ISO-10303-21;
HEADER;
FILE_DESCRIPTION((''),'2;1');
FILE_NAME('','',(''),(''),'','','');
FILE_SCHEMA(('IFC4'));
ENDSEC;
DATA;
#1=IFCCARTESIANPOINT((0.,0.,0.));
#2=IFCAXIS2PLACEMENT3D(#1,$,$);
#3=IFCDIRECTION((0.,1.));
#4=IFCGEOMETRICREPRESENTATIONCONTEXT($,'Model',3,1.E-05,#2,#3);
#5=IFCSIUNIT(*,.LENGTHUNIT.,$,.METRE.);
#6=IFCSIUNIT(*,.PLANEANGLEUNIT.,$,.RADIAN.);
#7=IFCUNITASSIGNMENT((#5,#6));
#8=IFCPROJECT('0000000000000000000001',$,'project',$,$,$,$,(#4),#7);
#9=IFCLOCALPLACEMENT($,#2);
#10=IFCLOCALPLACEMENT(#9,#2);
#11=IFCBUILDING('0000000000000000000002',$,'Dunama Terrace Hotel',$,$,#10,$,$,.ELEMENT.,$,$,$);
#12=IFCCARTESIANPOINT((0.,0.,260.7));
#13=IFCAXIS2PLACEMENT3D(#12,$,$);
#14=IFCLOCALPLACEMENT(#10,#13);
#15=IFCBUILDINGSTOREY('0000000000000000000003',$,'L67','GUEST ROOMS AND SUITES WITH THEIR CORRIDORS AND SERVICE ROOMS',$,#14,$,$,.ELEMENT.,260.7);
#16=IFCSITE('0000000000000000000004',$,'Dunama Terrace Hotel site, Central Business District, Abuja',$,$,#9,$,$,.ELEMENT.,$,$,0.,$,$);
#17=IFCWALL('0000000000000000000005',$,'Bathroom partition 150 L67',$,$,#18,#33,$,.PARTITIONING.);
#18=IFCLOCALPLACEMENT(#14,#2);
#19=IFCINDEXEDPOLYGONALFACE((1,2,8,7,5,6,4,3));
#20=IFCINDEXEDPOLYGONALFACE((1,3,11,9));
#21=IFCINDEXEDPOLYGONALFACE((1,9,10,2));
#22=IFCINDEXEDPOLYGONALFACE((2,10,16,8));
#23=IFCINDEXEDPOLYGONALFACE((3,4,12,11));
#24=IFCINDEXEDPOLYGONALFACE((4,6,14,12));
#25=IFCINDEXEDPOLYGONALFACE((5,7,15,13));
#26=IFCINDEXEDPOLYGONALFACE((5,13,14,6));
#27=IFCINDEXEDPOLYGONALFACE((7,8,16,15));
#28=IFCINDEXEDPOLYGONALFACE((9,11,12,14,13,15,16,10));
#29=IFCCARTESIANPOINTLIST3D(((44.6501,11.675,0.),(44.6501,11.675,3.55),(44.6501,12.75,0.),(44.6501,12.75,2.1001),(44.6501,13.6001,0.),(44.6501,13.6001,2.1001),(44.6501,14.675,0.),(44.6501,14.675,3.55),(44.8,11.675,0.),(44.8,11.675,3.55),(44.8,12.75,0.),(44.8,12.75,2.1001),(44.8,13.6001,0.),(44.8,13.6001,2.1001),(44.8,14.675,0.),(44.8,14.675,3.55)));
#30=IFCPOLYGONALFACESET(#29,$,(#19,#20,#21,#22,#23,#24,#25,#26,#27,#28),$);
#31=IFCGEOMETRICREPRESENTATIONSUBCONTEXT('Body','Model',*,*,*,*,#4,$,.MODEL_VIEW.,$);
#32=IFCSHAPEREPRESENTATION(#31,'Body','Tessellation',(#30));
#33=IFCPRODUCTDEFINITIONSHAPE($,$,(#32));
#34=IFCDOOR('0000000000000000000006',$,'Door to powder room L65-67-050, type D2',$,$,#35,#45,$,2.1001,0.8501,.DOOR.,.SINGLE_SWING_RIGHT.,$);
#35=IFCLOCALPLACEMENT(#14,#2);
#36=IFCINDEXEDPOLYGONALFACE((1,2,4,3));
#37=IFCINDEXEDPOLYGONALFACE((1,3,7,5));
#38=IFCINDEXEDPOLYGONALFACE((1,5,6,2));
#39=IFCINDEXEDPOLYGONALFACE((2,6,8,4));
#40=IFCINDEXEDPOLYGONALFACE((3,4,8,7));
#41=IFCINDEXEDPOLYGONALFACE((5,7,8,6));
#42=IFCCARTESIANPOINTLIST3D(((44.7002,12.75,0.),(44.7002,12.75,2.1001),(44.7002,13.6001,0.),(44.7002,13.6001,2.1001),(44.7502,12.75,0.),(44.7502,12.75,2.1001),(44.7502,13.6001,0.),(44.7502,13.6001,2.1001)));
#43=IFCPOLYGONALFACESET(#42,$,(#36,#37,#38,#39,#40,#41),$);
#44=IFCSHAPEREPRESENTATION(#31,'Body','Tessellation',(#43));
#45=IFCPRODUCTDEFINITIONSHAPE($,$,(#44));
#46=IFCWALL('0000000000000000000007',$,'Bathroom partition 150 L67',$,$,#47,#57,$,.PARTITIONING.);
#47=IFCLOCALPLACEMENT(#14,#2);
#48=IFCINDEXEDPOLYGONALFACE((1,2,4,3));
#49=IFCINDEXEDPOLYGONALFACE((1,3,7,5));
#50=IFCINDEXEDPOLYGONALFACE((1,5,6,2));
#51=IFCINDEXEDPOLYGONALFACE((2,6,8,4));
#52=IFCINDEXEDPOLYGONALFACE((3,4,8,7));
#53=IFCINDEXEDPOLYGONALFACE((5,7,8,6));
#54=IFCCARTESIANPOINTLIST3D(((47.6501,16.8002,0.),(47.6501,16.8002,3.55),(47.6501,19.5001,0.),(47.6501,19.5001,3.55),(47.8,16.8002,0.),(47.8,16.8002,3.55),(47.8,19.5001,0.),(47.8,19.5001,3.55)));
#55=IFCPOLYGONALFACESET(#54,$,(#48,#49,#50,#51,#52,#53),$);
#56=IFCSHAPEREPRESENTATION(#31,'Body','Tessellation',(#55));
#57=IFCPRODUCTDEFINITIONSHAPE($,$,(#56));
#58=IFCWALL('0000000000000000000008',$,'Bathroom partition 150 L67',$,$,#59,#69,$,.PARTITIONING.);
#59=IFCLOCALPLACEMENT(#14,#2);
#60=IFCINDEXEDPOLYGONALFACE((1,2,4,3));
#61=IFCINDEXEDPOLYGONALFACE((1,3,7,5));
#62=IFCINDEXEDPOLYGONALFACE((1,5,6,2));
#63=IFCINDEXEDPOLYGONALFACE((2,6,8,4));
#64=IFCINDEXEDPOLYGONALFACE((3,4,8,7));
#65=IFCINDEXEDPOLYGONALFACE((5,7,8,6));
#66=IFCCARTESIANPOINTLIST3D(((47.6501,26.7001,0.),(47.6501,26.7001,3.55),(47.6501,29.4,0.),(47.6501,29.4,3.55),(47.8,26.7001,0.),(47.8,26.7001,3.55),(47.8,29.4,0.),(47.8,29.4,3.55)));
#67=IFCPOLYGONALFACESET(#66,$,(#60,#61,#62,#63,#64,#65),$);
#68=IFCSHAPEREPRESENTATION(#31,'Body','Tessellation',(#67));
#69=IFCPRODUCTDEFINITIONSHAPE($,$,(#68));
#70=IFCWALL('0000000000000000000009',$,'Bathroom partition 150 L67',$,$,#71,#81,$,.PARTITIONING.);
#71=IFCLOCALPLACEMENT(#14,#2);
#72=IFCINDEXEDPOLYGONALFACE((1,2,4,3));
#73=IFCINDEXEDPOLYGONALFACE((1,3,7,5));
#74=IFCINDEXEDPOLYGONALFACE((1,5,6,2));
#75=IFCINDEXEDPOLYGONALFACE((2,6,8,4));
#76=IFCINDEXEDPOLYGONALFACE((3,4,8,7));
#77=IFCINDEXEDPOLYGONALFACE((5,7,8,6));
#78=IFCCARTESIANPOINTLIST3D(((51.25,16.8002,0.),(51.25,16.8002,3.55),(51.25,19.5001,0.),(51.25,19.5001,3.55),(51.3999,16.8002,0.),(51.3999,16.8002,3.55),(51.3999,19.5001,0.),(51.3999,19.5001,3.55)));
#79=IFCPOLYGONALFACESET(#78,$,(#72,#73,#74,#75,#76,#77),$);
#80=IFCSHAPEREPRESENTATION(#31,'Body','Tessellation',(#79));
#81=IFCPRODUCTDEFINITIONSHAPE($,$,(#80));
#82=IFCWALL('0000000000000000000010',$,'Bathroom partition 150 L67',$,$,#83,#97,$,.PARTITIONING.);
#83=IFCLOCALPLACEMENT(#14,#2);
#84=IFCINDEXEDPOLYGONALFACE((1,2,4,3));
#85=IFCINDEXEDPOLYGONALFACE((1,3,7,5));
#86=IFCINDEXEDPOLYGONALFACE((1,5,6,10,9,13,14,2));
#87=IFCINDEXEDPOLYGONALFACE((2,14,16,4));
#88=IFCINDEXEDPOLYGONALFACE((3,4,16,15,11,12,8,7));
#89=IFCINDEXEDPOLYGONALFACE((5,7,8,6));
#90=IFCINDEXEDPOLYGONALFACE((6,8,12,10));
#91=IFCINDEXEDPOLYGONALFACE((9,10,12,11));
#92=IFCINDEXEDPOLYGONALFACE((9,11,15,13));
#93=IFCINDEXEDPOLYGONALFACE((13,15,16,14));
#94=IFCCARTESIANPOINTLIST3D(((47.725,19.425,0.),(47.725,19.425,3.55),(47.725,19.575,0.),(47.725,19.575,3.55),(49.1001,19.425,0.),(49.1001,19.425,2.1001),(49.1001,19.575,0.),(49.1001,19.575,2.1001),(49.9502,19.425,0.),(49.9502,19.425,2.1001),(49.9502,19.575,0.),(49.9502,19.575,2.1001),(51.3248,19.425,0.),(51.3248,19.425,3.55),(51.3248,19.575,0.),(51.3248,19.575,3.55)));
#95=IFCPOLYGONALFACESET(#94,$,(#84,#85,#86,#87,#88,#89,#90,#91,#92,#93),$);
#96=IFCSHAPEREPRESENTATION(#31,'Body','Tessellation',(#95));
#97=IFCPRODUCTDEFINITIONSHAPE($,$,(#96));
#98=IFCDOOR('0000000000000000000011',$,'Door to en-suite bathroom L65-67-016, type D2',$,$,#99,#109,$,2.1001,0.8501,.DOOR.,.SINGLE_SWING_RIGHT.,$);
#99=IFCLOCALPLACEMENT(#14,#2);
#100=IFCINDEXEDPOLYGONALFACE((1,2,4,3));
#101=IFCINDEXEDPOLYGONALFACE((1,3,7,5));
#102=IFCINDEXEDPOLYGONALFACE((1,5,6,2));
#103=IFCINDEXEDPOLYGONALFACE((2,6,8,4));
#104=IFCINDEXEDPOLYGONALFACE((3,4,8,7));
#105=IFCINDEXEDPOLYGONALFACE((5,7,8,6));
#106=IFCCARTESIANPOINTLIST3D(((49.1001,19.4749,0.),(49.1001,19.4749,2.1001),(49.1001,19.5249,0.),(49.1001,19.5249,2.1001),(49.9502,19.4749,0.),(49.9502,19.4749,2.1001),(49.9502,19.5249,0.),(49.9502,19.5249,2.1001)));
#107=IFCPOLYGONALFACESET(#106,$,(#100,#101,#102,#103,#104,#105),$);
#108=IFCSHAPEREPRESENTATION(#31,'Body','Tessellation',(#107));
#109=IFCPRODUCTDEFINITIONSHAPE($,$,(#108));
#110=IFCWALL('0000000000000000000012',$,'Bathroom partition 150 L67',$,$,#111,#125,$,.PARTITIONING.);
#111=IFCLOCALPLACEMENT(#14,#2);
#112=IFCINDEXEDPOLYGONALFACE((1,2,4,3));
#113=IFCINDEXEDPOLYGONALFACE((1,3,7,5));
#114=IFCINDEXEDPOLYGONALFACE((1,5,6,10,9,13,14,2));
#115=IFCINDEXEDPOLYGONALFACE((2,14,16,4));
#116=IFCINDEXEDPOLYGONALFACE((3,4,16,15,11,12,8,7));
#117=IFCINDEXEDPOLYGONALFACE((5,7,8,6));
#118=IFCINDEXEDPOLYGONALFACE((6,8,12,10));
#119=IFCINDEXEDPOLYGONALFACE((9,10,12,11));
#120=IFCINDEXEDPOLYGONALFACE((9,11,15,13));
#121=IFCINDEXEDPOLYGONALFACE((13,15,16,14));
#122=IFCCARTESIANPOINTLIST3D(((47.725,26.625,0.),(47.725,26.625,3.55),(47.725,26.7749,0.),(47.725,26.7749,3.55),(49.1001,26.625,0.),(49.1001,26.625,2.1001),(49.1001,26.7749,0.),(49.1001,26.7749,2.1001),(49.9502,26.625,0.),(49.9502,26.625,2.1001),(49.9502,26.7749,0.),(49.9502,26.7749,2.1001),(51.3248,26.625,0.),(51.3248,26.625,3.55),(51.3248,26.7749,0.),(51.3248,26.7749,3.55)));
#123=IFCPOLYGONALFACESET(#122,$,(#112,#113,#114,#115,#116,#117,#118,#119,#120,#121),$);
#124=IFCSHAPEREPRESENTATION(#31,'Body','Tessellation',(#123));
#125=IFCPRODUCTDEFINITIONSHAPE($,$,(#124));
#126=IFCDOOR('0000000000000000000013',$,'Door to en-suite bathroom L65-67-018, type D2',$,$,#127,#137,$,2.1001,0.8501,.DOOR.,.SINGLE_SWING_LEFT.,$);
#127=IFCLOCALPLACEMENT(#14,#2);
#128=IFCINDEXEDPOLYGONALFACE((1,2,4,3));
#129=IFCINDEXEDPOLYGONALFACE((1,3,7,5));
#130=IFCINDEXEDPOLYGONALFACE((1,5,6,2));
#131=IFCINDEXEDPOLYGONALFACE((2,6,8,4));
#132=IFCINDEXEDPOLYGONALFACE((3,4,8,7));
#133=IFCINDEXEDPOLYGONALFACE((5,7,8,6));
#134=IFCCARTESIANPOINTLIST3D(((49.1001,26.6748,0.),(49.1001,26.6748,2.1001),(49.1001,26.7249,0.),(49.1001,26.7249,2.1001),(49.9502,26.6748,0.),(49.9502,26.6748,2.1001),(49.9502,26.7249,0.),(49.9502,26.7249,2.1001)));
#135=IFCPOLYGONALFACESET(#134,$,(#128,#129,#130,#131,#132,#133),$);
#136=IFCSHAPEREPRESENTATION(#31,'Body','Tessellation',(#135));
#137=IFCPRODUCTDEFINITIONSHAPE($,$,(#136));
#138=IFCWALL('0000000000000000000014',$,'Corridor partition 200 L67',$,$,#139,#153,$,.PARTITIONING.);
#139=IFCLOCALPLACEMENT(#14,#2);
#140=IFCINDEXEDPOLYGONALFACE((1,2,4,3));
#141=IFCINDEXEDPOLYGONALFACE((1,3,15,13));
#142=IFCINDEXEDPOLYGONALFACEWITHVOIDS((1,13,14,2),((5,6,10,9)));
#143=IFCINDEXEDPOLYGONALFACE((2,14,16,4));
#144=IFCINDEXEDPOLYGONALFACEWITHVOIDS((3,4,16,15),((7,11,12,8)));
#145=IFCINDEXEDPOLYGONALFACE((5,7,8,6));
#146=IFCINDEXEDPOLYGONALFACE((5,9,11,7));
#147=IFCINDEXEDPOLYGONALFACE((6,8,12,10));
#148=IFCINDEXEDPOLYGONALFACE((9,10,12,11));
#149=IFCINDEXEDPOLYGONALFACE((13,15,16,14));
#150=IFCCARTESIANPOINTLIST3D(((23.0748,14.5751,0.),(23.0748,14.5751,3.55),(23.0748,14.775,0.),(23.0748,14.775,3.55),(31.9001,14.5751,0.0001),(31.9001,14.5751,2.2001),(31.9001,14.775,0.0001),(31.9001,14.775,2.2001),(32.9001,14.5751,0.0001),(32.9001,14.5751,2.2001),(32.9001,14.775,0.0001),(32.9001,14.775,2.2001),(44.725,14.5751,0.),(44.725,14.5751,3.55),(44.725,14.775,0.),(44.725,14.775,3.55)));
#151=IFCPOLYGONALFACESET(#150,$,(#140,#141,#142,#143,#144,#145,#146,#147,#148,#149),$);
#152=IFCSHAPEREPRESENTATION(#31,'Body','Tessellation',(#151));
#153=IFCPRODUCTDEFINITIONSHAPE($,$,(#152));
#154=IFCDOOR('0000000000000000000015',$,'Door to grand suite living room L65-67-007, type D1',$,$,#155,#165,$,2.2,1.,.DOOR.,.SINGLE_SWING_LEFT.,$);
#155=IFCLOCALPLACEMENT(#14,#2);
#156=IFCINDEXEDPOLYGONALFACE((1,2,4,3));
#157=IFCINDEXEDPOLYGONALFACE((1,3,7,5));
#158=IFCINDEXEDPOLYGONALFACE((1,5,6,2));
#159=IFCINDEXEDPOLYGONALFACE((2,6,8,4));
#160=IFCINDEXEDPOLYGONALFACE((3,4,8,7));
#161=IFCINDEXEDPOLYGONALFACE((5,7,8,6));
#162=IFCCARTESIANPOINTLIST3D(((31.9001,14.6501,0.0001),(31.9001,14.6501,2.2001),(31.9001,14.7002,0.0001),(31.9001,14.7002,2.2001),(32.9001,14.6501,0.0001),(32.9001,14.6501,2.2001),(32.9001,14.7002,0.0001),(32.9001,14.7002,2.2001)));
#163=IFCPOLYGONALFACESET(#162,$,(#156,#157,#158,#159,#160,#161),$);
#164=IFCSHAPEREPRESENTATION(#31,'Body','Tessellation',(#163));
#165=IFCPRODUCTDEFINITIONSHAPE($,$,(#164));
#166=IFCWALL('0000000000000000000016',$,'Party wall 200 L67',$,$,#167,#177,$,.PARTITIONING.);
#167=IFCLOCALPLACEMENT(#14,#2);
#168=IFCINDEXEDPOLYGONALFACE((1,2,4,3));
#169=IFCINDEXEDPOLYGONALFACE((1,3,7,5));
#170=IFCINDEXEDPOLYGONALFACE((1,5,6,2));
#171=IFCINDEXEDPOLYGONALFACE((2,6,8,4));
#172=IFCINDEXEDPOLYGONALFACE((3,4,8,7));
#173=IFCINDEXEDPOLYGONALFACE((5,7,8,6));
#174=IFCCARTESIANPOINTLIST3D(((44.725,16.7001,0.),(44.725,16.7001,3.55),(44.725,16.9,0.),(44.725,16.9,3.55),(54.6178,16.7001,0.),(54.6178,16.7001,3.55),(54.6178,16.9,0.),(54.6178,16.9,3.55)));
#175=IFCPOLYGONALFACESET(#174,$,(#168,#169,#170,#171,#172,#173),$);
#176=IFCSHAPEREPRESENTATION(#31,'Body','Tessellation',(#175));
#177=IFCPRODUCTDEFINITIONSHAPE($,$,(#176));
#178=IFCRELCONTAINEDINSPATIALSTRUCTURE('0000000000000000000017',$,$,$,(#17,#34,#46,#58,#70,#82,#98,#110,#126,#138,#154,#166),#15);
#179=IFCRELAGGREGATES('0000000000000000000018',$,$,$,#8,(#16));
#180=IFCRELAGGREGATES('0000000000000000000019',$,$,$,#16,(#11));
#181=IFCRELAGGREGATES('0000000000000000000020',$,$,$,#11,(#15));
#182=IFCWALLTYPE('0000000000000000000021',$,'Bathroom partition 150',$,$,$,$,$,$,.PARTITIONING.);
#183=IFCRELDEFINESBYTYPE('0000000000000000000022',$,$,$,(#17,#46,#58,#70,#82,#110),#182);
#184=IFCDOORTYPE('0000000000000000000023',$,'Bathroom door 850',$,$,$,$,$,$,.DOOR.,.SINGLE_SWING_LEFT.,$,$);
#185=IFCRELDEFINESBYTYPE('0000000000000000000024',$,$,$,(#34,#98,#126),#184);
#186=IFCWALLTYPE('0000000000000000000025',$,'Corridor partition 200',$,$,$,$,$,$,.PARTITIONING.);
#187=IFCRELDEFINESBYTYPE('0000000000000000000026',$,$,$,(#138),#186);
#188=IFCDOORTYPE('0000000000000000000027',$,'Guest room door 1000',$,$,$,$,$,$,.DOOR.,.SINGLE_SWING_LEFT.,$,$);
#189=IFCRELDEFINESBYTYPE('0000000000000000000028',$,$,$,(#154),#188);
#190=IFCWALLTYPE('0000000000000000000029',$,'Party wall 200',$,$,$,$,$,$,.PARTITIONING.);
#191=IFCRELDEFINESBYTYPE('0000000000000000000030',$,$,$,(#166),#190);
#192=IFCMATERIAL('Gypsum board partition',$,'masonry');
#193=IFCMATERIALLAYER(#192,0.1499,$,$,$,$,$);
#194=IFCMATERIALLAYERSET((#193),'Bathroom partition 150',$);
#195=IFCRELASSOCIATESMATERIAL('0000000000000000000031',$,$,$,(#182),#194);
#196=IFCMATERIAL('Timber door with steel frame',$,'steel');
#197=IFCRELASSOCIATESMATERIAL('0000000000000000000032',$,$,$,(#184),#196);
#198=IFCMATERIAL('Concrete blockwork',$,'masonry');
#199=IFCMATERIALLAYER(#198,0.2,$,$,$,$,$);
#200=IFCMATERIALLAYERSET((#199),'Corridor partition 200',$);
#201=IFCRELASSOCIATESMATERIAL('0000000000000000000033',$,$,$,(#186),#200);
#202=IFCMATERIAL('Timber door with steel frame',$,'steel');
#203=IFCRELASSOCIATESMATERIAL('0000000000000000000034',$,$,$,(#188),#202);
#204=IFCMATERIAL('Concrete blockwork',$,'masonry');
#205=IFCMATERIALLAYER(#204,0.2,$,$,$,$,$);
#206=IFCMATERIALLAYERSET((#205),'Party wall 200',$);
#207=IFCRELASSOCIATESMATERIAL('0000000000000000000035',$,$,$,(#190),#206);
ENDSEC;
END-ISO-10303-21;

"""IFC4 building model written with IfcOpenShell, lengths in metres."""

from ifc_helpers import new_model, si_unit, direction, frame, frame_2d, origin, place, context, subcontext, project, spatial, rectangle, extrude, material, layer, layer_set, type_object, element, fill, save


model = new_model("IFC4")

# Units and contexts
model_context = context("Model", 3, precision=1e-05, world=origin(), true_north=direction((0.0, 1.0)))
body_context = subcontext(model_context, "Body", "Model", "MODEL_VIEW")
ifc_project = project(units=[si_unit("LENGTHUNIT", "METRE"), si_unit("PLANEANGLEUNIT", "RADIAN")], contexts=[model_context])

# Site, building, storey
site_placement = place(None, origin())
site = spatial("IfcSite", under=ifc_project, at=site_placement, Name="Dunama Terrace Hotel site, Central Business District, Abuja", CompositionType="ELEMENT", RefElevation=0.0)
building_placement = place(site_placement, origin())
building = spatial("IfcBuilding", under=site, at=building_placement, Name="Dunama Terrace Hotel", CompositionType="ELEMENT")
storey_placement = place(building_placement, frame((0.0, 0.0, 260.7)))
storey = spatial("IfcBuildingStorey", under=building, at=storey_placement, Name="L67", Description="GUEST ROOMS AND SUITES WITH THEIR CORRIDORS AND SERVICE ROOMS", CompositionType="ELEMENT", Elevation=260.7)

# Wall, opening, door
ifc_material_1 = material(Name="Gypsum board partition", Category="masonry")
ifc_layer_1 = layer(ifc_material_1, 0.1499)
ifc_layer_set_1 = layer_set([ifc_layer_1], Name="Bathroom partition 150")
wall_type_1 = type_object("IfcWallType", Name="Bathroom partition 150", PredefinedType="PARTITIONING", material=ifc_layer_set_1)
wall_1_placement = place(storey_placement, frame((44.7251, 11.675, 0.0), z_axis=(0.0, 0.0, 1.0), x_axis=(0.0, 1.0, 0.0)))
wall_1 = element("IfcWall", 1, at=wall_1_placement, inside=storey, type_object=wall_type_1, Name="Bathroom partition 150 L67", PredefinedType="PARTITIONING", context=body_context, shape_type="SweptSolid", body=[
    extrude(rectangle(XDim=3.0, YDim=0.1499, at=frame_2d((1.5, 0.0))), origin(), (0.0, 0.0, 1.0), 3.55),
])
opening_1_placement = place(wall_1_placement, frame((1.075, 0.0, 0.0)))
opening_1 = element("IfcOpeningElement", 2, at=opening_1_placement, cuts=wall_1, PredefinedType="OPENING", context=body_context, shape_type="SweptSolid", body=[
    extrude(rectangle(XDim=0.8501, YDim=2.1001, at=frame_2d((0.425, 1.05))), frame((0.0, 0.085, 0.0), z_axis=(0.0, -1.0, 0.0), x_axis=(1.0, 0.0, 0.0)), (0.0, 0.0, 1.0), 0.1699),
])
ifc_material_2 = material(Name="Timber door with steel frame", Category="steel")
door_type_1 = type_object("IfcDoorType", Name="Bathroom door 850", OperationType="SINGLE_SWING_LEFT", PredefinedType="DOOR", material=ifc_material_2)
door_1_placement = place(opening_1_placement, origin())
door_1 = element("IfcDoor", 3, at=door_1_placement, inside=storey, type_object=door_type_1, Name="Door to powder room L65-67-050, type D2", OperationType="SINGLE_SWING_RIGHT", OverallHeight=2.1001, OverallWidth=0.8501, PredefinedType="DOOR", context=body_context, shape_type="SweptSolid", body=[
    extrude(rectangle(XDim=0.8501, YDim=2.1001, at=frame_2d((0.425, 1.05))), frame((0.0, 0.0249, 0.0), z_axis=(0.0, -1.0, 0.0), x_axis=(1.0, 0.0, 0.0)), (0.0, 0.0, 1.0), 0.05),
])
fill(opening_1, door_1)

# Walls
for number, where, z_axis, x_axis, name in (
    (4, (47.7251, 16.8, 0.0), (0.0, 0.0, 1.0), (0.0, 1.0, 0.0), "Bathroom partition 150 L67"),
    (5, (47.7251, 26.7, 0.0), (0.0, 0.0, 1.0), (0.0, 1.0, 0.0), "Bathroom partition 150 L67"),
    (6, (51.325, 16.8, 0.0), (0.0, 0.0, 1.0), (0.0, 1.0, 0.0), "Bathroom partition 150 L67"),
):
    element("IfcWall", number, at=place(storey_placement, frame(where, z_axis=z_axis, x_axis=x_axis)), inside=storey, type_object=wall_type_1, Name=name, PredefinedType="PARTITIONING", context=body_context, shape_type="SweptSolid", body=[
        extrude(rectangle(XDim=2.7, YDim=0.1499, at=frame_2d((1.3501, 0.0))), origin(), (0.0, 0.0, 1.0), 3.55),
    ])

# Walls, openings, doors
wall_2_placement = place(storey_placement, frame((47.7251, 19.5, 0.0), z_axis=(0.0, 0.0, 1.0), x_axis=(1.0, 0.0, 0.0)))
wall_2 = element("IfcWall", 7, at=wall_2_placement, inside=storey, type_object=wall_type_1, Name="Bathroom partition 150 L67", PredefinedType="PARTITIONING", context=body_context, shape_type="SweptSolid", body=[
    extrude(rectangle(XDim=3.5999, YDim=0.1499, at=frame_2d((1.7998, 0.0))), origin(), (0.0, 0.0, 1.0), 3.55),
])
opening_2_placement = place(wall_2_placement, frame((1.375, 0.0, 0.0)))
opening_2 = element("IfcOpeningElement", 8, at=opening_2_placement, cuts=wall_2, PredefinedType="OPENING", context=body_context, shape_type="SweptSolid", body=[
    extrude(rectangle(XDim=0.8501, YDim=2.1001, at=frame_2d((0.425, 1.05))), frame((0.0, 0.085, 0.0), z_axis=(0.0, -1.0, 0.0), x_axis=(1.0, 0.0, 0.0)), (0.0, 0.0, 1.0), 0.1699),
])
door_2_placement = place(opening_2_placement, frame((0.8501, 0.0, 0.0), z_axis=(0.0, 0.0, 1.0), x_axis=(-1.0, 0.0, 0.0)))
door_2 = element("IfcDoor", 9, at=door_2_placement, inside=storey, type_object=door_type_1, Name="Door to en-suite bathroom L65-67-016, type D2", OperationType="SINGLE_SWING_RIGHT", OverallHeight=2.1001, OverallWidth=0.8501, PredefinedType="DOOR", context=body_context, shape_type="SweptSolid", body=[
    extrude(rectangle(XDim=0.8501, YDim=2.1001, at=frame_2d((0.425, 1.05))), frame((0.0, 0.0251, 0.0), z_axis=(0.0, -1.0, 0.0), x_axis=(1.0, 0.0, 0.0)), (0.0, 0.0, 1.0), 0.05),
])
fill(opening_2, door_2)
wall_3_placement = place(storey_placement, frame((47.7251, 26.7, 0.0), z_axis=(0.0, 0.0, 1.0), x_axis=(1.0, 0.0, 0.0)))
wall_3 = element("IfcWall", 10, at=wall_3_placement, inside=storey, type_object=wall_type_1, Name="Bathroom partition 150 L67", PredefinedType="PARTITIONING", context=body_context, shape_type="SweptSolid", body=[
    extrude(rectangle(XDim=3.5999, YDim=0.1499, at=frame_2d((1.7998, 0.0))), origin(), (0.0, 0.0, 1.0), 3.55),
])
opening_3_placement = place(wall_3_placement, frame((1.375, 0.0, 0.0)))
opening_3 = element("IfcOpeningElement", 11, at=opening_3_placement, cuts=wall_3, PredefinedType="OPENING", context=body_context, shape_type="SweptSolid", body=[
    extrude(rectangle(XDim=0.8501, YDim=2.1001, at=frame_2d((0.425, 1.05))), frame((0.0, 0.085, 0.0), z_axis=(0.0, -1.0, 0.0), x_axis=(1.0, 0.0, 0.0)), (0.0, 0.0, 1.0), 0.1699),
])
door_3_placement = place(opening_3_placement, origin())
door_3 = element("IfcDoor", 12, at=door_3_placement, inside=storey, type_object=door_type_1, Name="Door to en-suite bathroom L65-67-018, type D2", OperationType="SINGLE_SWING_LEFT", OverallHeight=2.1001, OverallWidth=0.8501, PredefinedType="DOOR", context=body_context, shape_type="SweptSolid", body=[
    extrude(rectangle(XDim=0.8501, YDim=2.1001, at=frame_2d((0.425, 1.05))), frame((0.0, 0.0249, 0.0), z_axis=(0.0, -1.0, 0.0), x_axis=(1.0, 0.0, 0.0)), (0.0, 0.0, 1.0), 0.05),
])
fill(opening_3, door_3)
ifc_material_3 = material(Name="Concrete blockwork", Category="masonry")
ifc_layer_2 = layer(ifc_material_3, 0.2)
ifc_layer_set_2 = layer_set([ifc_layer_2], Name="Corridor partition 200")
wall_type_2 = type_object("IfcWallType", Name="Corridor partition 200", PredefinedType="PARTITIONING", material=ifc_layer_set_2)
wall_4_placement = place(storey_placement, frame((44.7251, 14.675, 0.0), z_axis=(0.0, 0.0, 1.0), x_axis=(-1.0, 0.0, 0.0)))
wall_4 = element("IfcWall", 13, at=wall_4_placement, inside=storey, type_object=wall_type_2, Name="Corridor partition 200 L67", PredefinedType="PARTITIONING", context=body_context, shape_type="SweptSolid", body=[
    extrude(rectangle(XDim=21.6501, YDim=0.2, at=frame_2d((10.8252, 0.0))), origin(), (0.0, 0.0, 1.0), 3.55),
])
opening_4_placement = place(wall_4_placement, frame((11.825, 0.0, 0.0)))
opening_4 = element("IfcOpeningElement", 14, at=opening_4_placement, cuts=wall_4, PredefinedType="OPENING", context=body_context, shape_type="SweptSolid", body=[
    extrude(rectangle(XDim=1.0, YDim=2.2, at=frame_2d((0.5, 1.1001))), frame((0.0, 0.1099, 0.0), z_axis=(0.0, -1.0, 0.0), x_axis=(1.0, 0.0, 0.0)), (0.0, 0.0, 1.0), 0.22),
])
ifc_material_4 = material(Name="Timber door with steel frame", Category="steel")
door_type_2 = type_object("IfcDoorType", Name="Guest room door 1000", OperationType="SINGLE_SWING_LEFT", PredefinedType="DOOR", material=ifc_material_4)
door_4_placement = place(opening_4_placement, origin())
door_4 = element("IfcDoor", 15, at=door_4_placement, inside=storey, type_object=door_type_2, Name="Door to grand suite living room L65-67-007, type D1", OperationType="SINGLE_SWING_LEFT", OverallHeight=2.2, OverallWidth=1.0, PredefinedType="DOOR", context=body_context, shape_type="SweptSolid", body=[
    extrude(rectangle(XDim=1.0, YDim=2.2, at=frame_2d((0.5, 1.1001))), frame((0.0, 0.0249, 0.0), z_axis=(0.0, -1.0, 0.0), x_axis=(1.0, 0.0, 0.0)), (0.0, 0.0, 1.0), 0.05),
])
fill(opening_4, door_4)

# Wall
ifc_material_5 = material(Name="Concrete blockwork", Category="masonry")
ifc_layer_3 = layer(ifc_material_5, 0.2)
ifc_layer_set_3 = layer_set([ifc_layer_3], Name="Party wall 200")
wall_type_3 = type_object("IfcWallType", Name="Party wall 200", PredefinedType="PARTITIONING", material=ifc_layer_set_3)
wall_5_placement = place(storey_placement, frame((44.7251, 16.8, 0.0), z_axis=(0.0, 0.0, 1.0), x_axis=(1.0, 0.0, 0.0)))
element("IfcWall", 16, at=wall_5_placement, inside=storey, type_object=wall_type_3, Name="Party wall 200 L67", PredefinedType="PARTITIONING", context=body_context, shape_type="SweptSolid", body=[
    extrude(rectangle(XDim=9.8928, YDim=0.2, at=frame_2d((4.9463, 0.0))), origin(), (0.0, 0.0, 1.0), 3.55),
])

save(model, "model.ifc")
